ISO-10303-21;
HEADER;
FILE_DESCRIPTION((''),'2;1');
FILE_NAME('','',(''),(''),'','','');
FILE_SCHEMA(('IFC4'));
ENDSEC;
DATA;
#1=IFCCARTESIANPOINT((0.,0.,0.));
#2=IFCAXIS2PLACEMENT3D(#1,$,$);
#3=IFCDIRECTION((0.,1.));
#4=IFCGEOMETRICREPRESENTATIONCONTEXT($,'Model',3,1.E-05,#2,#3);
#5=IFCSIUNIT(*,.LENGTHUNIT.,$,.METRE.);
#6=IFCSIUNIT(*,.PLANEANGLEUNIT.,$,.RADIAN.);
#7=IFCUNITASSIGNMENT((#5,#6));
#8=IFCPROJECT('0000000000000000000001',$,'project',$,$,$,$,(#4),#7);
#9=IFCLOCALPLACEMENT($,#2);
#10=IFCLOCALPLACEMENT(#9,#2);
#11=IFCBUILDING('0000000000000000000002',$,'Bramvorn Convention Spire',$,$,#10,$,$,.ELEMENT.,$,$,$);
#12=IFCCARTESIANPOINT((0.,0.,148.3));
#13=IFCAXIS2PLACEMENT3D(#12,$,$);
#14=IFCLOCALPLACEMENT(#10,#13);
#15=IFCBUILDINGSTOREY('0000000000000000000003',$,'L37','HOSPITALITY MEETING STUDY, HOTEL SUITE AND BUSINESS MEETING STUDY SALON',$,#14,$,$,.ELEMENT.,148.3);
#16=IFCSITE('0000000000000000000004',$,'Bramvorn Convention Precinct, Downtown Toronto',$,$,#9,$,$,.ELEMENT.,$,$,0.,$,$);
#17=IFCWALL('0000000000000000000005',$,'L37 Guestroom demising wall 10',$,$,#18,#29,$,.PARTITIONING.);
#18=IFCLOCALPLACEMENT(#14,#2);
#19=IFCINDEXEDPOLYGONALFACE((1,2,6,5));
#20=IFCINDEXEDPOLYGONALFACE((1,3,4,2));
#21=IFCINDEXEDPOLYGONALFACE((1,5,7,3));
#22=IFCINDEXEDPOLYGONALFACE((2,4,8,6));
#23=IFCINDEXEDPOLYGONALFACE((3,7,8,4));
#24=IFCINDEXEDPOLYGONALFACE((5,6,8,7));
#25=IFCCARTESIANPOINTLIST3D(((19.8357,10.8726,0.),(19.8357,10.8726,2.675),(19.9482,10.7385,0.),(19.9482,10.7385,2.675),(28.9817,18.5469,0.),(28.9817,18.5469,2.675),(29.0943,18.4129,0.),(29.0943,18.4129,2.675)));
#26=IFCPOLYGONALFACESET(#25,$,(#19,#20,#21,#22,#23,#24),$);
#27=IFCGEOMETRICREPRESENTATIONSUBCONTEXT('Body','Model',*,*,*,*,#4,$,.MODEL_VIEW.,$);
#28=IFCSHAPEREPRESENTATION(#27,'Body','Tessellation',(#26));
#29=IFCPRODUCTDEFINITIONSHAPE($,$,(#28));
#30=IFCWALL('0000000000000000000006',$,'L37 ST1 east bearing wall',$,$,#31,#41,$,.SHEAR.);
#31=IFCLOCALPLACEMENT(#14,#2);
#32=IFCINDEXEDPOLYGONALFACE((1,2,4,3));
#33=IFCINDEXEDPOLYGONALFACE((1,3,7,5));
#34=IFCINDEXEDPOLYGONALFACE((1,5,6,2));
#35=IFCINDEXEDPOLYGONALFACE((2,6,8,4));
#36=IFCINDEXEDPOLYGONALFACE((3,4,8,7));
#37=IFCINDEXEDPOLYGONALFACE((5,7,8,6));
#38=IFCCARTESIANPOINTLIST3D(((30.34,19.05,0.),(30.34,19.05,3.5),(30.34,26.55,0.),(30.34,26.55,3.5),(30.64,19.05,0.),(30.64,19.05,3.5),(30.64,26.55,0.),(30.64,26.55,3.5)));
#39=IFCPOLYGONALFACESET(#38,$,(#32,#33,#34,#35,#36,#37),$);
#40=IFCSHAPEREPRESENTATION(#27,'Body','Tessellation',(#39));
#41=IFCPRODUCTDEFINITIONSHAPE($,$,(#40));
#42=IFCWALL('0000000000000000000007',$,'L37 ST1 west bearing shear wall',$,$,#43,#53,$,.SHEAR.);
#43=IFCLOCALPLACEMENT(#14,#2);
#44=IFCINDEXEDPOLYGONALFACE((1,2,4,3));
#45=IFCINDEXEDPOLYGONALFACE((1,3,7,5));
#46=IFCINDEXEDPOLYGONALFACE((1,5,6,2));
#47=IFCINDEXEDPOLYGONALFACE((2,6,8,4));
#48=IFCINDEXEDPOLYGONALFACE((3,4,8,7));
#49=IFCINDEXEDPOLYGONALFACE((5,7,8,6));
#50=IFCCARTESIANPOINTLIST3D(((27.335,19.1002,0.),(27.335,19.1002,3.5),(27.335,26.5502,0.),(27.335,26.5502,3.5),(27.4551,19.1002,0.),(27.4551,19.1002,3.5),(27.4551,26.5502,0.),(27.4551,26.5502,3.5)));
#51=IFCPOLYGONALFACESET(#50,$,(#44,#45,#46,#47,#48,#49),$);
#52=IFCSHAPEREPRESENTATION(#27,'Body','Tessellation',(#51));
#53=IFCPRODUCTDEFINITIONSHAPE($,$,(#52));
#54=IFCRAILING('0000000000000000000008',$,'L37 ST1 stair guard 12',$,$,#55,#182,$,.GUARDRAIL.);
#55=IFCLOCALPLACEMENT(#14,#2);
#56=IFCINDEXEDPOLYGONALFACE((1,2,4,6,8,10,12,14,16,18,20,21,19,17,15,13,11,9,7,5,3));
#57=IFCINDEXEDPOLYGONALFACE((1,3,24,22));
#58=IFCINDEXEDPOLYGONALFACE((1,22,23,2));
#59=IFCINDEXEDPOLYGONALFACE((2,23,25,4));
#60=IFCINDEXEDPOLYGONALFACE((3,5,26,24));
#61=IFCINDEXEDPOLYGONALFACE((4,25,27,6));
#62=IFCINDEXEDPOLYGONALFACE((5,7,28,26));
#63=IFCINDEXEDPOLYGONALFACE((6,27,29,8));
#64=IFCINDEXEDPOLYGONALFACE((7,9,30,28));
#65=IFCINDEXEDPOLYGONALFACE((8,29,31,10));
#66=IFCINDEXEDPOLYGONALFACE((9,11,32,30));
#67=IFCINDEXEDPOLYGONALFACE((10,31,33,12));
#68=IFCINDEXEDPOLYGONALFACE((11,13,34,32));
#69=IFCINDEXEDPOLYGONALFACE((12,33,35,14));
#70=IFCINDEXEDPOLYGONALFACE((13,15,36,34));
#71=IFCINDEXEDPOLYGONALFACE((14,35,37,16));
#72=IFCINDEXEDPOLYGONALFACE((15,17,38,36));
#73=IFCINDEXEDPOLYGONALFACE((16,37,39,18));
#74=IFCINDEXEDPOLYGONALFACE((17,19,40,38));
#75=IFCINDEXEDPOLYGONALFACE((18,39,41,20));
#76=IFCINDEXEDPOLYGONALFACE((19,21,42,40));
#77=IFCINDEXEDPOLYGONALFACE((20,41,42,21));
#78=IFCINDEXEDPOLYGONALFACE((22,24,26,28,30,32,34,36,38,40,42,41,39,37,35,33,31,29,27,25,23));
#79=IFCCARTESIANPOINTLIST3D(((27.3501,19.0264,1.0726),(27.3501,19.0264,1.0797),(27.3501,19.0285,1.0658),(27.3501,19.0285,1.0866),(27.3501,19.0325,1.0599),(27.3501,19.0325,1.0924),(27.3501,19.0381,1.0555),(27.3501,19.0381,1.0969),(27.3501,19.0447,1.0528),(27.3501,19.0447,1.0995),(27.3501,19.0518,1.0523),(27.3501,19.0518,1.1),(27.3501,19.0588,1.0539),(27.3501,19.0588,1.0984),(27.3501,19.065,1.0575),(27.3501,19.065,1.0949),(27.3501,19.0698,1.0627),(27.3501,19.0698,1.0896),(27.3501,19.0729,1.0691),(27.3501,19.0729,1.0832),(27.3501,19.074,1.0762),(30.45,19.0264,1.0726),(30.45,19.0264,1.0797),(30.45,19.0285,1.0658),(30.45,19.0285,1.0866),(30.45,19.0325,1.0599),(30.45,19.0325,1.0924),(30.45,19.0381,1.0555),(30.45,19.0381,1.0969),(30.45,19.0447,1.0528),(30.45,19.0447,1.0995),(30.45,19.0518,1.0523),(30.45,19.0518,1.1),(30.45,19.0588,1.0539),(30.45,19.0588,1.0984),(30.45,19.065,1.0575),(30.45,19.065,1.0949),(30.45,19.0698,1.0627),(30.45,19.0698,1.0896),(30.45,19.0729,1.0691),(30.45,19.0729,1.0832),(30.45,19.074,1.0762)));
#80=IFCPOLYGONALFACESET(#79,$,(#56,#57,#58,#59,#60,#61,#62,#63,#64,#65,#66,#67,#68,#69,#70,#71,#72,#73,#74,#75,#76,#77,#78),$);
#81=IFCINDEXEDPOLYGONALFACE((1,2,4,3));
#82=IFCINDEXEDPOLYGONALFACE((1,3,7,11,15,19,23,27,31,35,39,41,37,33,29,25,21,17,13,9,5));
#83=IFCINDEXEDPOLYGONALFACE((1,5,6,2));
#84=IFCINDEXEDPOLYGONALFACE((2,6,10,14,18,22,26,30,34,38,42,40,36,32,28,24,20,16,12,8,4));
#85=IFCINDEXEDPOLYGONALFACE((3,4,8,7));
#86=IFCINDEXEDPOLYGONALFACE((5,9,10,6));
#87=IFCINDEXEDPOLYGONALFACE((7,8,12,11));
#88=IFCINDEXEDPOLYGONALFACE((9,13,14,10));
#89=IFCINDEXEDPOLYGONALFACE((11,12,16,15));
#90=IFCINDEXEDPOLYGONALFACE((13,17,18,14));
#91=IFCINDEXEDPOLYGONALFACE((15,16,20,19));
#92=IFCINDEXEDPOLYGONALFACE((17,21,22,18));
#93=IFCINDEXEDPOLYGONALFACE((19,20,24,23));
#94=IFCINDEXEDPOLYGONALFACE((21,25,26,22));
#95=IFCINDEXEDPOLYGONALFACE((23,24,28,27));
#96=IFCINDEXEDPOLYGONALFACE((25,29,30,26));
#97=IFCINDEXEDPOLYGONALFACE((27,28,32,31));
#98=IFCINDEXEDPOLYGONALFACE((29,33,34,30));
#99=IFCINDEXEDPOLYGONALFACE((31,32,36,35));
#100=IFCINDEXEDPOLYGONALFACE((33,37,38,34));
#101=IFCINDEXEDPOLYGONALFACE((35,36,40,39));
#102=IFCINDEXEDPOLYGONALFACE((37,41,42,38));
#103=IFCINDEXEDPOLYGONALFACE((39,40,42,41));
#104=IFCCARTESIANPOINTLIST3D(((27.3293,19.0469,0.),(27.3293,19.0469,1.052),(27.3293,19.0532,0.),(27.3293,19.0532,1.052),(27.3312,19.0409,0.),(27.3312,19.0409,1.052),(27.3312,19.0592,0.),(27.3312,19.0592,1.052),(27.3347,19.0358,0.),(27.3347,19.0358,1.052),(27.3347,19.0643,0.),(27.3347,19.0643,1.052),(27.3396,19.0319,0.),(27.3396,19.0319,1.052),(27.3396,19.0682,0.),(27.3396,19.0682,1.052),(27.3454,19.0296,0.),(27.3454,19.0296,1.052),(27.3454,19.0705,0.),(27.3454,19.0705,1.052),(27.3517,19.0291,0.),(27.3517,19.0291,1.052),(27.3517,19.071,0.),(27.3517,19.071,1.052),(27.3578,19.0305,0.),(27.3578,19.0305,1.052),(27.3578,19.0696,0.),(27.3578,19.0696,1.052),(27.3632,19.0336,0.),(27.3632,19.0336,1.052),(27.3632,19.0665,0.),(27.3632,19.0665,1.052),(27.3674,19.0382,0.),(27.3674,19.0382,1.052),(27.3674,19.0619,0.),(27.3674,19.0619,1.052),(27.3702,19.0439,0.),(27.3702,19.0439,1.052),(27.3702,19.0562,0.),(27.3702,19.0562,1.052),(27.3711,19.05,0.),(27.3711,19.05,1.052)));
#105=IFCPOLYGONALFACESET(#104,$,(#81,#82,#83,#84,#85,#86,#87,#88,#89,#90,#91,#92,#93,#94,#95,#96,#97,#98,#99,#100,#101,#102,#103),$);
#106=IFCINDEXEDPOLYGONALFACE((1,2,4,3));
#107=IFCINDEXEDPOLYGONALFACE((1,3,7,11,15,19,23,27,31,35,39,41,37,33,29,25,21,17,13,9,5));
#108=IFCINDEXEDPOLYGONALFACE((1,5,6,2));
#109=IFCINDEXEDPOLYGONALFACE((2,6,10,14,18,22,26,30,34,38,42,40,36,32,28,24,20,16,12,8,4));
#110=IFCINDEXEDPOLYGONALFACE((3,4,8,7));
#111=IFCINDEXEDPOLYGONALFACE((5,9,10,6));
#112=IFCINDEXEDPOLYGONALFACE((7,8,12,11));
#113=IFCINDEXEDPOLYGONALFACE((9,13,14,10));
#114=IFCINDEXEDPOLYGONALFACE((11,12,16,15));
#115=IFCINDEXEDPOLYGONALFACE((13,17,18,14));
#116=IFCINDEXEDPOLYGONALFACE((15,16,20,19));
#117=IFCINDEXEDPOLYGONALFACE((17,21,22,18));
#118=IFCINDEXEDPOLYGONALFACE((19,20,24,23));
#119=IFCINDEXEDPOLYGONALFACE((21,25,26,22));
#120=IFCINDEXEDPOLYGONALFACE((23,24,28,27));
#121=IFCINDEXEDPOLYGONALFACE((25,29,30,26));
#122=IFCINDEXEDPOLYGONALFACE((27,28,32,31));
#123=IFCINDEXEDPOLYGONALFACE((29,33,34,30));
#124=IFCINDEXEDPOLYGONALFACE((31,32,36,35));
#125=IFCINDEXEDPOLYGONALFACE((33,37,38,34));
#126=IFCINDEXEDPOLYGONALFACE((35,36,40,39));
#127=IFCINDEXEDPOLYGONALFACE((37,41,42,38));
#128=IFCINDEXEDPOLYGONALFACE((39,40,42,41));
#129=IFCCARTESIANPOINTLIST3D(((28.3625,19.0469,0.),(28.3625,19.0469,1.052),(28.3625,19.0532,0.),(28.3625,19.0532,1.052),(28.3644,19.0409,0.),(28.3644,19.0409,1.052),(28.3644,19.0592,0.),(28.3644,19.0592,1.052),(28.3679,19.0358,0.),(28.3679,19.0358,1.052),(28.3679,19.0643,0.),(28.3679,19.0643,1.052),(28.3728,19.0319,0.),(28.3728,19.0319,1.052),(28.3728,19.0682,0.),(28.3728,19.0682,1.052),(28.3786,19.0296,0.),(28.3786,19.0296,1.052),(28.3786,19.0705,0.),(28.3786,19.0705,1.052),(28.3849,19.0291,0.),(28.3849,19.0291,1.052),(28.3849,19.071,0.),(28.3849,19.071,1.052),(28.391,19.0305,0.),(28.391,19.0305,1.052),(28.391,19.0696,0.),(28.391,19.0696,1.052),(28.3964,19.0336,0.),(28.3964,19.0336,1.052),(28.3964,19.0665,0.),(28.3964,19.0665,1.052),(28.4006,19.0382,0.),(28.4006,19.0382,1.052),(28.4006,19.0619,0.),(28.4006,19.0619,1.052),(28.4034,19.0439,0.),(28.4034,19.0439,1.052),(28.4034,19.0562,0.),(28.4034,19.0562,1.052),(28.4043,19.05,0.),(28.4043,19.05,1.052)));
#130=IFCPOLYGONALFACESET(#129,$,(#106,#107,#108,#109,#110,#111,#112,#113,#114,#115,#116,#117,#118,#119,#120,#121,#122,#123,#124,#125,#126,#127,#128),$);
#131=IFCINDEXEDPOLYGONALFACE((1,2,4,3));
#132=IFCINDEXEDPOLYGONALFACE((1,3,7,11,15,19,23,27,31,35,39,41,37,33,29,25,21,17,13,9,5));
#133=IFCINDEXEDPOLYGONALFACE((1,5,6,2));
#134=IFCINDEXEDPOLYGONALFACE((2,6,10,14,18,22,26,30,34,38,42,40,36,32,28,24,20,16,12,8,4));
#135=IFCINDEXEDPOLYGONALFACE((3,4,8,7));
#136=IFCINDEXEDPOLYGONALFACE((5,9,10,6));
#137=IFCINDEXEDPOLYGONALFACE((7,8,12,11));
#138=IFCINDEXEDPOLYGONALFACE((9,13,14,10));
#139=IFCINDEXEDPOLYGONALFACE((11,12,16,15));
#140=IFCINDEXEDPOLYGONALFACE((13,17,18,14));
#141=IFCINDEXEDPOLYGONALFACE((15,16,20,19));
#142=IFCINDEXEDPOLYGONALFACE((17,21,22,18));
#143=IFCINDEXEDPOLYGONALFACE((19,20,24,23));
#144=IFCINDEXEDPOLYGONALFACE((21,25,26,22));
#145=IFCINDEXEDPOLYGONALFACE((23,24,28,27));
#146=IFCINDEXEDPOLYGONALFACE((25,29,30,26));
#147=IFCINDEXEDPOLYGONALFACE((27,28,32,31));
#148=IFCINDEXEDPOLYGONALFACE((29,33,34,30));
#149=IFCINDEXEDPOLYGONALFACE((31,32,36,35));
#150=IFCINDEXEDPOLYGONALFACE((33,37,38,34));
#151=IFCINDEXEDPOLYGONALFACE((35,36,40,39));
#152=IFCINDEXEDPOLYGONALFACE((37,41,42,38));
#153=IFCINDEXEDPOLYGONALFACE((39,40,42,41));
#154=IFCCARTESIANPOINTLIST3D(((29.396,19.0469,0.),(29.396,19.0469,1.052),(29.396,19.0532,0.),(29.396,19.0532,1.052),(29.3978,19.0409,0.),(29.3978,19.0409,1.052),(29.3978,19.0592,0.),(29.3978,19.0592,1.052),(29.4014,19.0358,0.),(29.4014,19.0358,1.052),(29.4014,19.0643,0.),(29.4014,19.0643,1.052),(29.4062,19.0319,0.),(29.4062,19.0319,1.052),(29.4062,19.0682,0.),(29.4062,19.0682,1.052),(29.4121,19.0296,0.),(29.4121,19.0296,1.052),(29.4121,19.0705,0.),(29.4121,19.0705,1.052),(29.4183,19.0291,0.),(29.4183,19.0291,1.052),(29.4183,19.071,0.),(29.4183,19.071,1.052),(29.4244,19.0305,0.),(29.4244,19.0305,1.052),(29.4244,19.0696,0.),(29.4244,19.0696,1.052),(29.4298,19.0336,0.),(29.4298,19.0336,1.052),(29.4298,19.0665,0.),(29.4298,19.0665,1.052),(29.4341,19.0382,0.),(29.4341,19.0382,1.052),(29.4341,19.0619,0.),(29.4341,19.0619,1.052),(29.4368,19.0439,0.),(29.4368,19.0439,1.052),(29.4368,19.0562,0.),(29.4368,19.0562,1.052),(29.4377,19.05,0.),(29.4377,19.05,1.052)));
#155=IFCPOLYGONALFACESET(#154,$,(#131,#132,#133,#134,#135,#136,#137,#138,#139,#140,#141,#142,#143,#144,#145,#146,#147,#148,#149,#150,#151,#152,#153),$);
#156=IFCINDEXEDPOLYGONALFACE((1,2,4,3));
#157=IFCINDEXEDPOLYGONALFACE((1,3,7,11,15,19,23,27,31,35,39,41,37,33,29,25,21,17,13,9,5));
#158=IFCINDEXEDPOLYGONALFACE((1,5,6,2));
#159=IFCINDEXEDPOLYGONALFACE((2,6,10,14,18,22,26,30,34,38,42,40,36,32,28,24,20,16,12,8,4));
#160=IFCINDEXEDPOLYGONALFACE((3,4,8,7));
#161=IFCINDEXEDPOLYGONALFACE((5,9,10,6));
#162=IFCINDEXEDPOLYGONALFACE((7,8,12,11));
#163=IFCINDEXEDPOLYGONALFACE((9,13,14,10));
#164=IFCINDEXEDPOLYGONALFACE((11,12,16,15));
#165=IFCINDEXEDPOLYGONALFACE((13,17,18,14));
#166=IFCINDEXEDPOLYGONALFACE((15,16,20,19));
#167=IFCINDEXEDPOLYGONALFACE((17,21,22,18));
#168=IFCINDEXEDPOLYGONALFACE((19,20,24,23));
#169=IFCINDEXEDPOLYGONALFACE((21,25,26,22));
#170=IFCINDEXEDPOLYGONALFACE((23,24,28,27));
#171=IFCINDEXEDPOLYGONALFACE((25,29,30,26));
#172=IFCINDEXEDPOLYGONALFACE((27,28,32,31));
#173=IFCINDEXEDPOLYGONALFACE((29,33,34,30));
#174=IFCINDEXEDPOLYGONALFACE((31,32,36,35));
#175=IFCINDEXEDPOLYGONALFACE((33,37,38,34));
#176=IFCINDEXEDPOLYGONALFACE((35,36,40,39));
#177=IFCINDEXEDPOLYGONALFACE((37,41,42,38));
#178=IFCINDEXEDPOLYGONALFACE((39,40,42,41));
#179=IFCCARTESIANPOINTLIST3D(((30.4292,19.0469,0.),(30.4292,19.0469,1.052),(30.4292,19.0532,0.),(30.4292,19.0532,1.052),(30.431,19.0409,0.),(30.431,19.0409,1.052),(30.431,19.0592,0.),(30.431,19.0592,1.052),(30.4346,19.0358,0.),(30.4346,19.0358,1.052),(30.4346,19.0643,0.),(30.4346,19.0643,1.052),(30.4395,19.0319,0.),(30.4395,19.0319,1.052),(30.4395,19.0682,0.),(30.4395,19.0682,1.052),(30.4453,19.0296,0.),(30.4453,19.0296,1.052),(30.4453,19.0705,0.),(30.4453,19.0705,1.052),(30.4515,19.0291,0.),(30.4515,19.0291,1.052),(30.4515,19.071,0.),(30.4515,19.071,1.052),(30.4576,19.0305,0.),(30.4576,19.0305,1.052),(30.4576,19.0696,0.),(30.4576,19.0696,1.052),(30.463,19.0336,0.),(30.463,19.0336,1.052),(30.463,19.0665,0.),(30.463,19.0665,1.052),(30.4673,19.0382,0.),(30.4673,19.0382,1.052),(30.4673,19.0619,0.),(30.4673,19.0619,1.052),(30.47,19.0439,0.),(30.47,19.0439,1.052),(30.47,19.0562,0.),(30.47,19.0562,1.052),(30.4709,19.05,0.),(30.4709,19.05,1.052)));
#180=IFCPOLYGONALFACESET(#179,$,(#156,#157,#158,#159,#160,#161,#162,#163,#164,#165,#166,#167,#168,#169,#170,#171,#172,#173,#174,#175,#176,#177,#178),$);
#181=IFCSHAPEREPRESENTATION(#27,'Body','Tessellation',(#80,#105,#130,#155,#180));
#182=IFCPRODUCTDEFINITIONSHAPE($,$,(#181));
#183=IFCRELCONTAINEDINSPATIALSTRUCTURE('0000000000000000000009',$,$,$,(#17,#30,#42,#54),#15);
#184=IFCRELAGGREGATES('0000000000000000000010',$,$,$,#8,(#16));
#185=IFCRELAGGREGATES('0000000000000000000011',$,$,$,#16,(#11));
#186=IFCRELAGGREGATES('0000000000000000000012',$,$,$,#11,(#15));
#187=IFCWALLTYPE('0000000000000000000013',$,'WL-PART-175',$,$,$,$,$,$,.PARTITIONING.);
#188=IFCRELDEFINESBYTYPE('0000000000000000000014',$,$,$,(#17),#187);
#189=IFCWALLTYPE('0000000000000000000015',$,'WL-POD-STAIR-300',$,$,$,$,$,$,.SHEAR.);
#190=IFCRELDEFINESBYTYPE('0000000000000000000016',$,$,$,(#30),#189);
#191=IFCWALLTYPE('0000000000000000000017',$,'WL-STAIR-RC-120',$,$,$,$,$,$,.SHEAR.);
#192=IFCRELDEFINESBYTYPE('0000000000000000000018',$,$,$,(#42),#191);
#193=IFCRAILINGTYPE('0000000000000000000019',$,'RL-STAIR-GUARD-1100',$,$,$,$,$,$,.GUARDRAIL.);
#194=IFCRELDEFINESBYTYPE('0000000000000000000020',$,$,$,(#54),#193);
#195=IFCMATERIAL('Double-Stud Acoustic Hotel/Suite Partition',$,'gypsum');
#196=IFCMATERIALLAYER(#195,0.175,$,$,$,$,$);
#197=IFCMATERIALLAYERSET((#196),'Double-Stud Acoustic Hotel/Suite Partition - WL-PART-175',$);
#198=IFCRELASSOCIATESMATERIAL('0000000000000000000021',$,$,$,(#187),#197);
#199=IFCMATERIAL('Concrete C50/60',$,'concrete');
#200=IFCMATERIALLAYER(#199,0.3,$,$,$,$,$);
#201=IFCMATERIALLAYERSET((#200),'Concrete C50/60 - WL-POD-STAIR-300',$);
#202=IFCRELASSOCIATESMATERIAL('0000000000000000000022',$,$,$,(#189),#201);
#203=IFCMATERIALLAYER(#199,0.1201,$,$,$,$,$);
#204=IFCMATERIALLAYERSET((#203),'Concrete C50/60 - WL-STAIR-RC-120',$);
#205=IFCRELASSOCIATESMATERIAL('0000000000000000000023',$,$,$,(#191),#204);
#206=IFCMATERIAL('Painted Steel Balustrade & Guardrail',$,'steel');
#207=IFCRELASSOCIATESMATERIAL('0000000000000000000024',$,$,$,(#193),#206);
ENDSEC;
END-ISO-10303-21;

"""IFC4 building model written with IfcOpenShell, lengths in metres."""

from ifc_helpers import new_model, si_unit, direction, frame, frame_2d, origin, origin_2d, place, context, subcontext, project, spatial, rectangle, circle, extrude, material, layer, layer_set, type_object, element, save


model = new_model("IFC4")

# Units and contexts
model_context = context("Model", 3, precision=1e-05, world=origin(), true_north=direction((0.0, 1.0)))
body_context = subcontext(model_context, "Body", "Model", "MODEL_VIEW")
ifc_project = project(units=[si_unit("LENGTHUNIT", "METRE"), si_unit("PLANEANGLEUNIT", "RADIAN")], contexts=[model_context])

# Site, building, storey
site_placement = place(None, origin())
site = spatial("IfcSite", under=ifc_project, at=site_placement, Name="Bramvorn Convention Precinct, Downtown Toronto", CompositionType="ELEMENT", RefElevation=0.0)
building_placement = place(site_placement, origin())
building = spatial("IfcBuilding", under=site, at=building_placement, Name="Bramvorn Convention Spire", CompositionType="ELEMENT")
storey_placement = place(building_placement, frame((0.0, 0.0, 148.3)))
storey = spatial("IfcBuildingStorey", under=building, at=storey_placement, Name="L37", Description="HOSPITALITY MEETING STUDY, HOTEL SUITE AND BUSINESS MEETING STUDY SALON", CompositionType="ELEMENT", Elevation=148.3)

# Walls
ifc_material_1 = material(Name="Double-Stud Acoustic Hotel/Suite Partition", Category="gypsum")
ifc_layer_1 = layer(ifc_material_1, 0.175)
ifc_layer_set_1 = layer_set([ifc_layer_1], Name="Double-Stud Acoustic Hotel/Suite Partition - WL-PART-175")
wall_type_1 = type_object("IfcWallType", Name="WL-PART-175", PredefinedType="PARTITIONING", material=ifc_layer_set_1)
wall_1_placement = place(storey_placement, frame((29.0381, 18.48, 0.0), z_axis=(0.0, 0.0, 1.0), x_axis=(-0.766048, -0.642783, 0.0)))
element("IfcWall", 1, at=wall_1_placement, inside=storey, type_object=wall_type_1, Name="L37 Guestroom demising wall 10", PredefinedType="PARTITIONING", context=body_context, shape_type="SweptSolid", body=[
    extrude(rectangle(XDim=11.9392, YDim=0.175, at=frame_2d((5.9697, 0.0))), origin(), (0.0, 0.0, 1.0), 2.675),
])
ifc_material_2 = material(Name="Concrete C50/60", Category="concrete")
ifc_layer_2 = layer(ifc_material_2, 0.3)
ifc_layer_set_2 = layer_set([ifc_layer_2], Name="Concrete C50/60 - WL-POD-STAIR-300")
wall_type_2 = type_object("IfcWallType", Name="WL-POD-STAIR-300", PredefinedType="SHEAR", material=ifc_layer_set_2)
wall_2_placement = place(storey_placement, frame((30.49, 19.05, 0.0), z_axis=(0.0, 0.0, 1.0), x_axis=(0.0, 1.0, 0.0)))
element("IfcWall", 2, at=wall_2_placement, inside=storey, type_object=wall_type_2, Name="L37 ST1 east bearing wall", PredefinedType="SHEAR", context=body_context, shape_type="SweptSolid", body=[
    extrude(rectangle(XDim=7.5, YDim=0.3, at=frame_2d((3.75, 0.0))), origin(), (0.0, 0.0, 1.0), 3.5),
])
ifc_layer_3 = layer(ifc_material_2, 0.1201)
ifc_layer_set_3 = layer_set([ifc_layer_3], Name="Concrete C50/60 - WL-STAIR-RC-120")
wall_type_3 = type_object("IfcWallType", Name="WL-STAIR-RC-120", PredefinedType="SHEAR", material=ifc_layer_set_3)
wall_3_placement = place(storey_placement, frame((27.395, 19.1001, 0.0), z_axis=(0.0, 0.0, 1.0), x_axis=(0.0, 1.0, 0.0)))
element("IfcWall", 3, at=wall_3_placement, inside=storey, type_object=wall_type_3, Name="L37 ST1 west bearing shear wall", PredefinedType="SHEAR", context=body_context, shape_type="SweptSolid", body=[
    extrude(rectangle(XDim=7.45, YDim=0.1201, at=frame_2d((3.7251, 0.0))), origin(), (0.0, 0.0, 1.0), 3.5),
])

# Railing
ifc_material_3 = material(Name="Painted Steel Balustrade & Guardrail", Category="steel")
railing_type = type_object("IfcRailingType", Name="RL-STAIR-GUARD-1100", PredefinedType="GUARDRAIL", material=ifc_material_3)
railing_1_placement = place(storey_placement, frame((27.3501, 19.05, 0.0)))
element("IfcRailing", 4, at=railing_1_placement, inside=storey, type_object=railing_type, Name="L37 ST1 stair guard 12", PredefinedType="GUARDRAIL", context=body_context, shape_type="SweptSolid", body=[
    extrude(circle(Radius=0.0239, at=origin_2d()), frame((0.0, 0.0, 1.0762), z_axis=(1.0, 0.0, 0.0), x_axis=(0.0, 1.0, 0.0)), (0.0, 0.0, 1.0), 3.0999),
    extrude(circle(Radius=0.021, at=origin_2d()), origin(), (0.0, 0.0, 1.0), 1.052),
    extrude(circle(Radius=0.021, at=origin_2d()), frame((1.0332, 0.0, 0.0)), (0.0, 0.0, 1.0), 1.052),
    extrude(circle(Radius=0.021, at=origin_2d()), frame((2.0667, 0.0, 0.0)), (0.0, 0.0, 1.0), 1.052),
    extrude(circle(Radius=0.021, at=origin_2d()), frame((3.0999, 0.0, 0.0)), (0.0, 0.0, 1.0), 1.052),
])

save(model, "model.ifc")
